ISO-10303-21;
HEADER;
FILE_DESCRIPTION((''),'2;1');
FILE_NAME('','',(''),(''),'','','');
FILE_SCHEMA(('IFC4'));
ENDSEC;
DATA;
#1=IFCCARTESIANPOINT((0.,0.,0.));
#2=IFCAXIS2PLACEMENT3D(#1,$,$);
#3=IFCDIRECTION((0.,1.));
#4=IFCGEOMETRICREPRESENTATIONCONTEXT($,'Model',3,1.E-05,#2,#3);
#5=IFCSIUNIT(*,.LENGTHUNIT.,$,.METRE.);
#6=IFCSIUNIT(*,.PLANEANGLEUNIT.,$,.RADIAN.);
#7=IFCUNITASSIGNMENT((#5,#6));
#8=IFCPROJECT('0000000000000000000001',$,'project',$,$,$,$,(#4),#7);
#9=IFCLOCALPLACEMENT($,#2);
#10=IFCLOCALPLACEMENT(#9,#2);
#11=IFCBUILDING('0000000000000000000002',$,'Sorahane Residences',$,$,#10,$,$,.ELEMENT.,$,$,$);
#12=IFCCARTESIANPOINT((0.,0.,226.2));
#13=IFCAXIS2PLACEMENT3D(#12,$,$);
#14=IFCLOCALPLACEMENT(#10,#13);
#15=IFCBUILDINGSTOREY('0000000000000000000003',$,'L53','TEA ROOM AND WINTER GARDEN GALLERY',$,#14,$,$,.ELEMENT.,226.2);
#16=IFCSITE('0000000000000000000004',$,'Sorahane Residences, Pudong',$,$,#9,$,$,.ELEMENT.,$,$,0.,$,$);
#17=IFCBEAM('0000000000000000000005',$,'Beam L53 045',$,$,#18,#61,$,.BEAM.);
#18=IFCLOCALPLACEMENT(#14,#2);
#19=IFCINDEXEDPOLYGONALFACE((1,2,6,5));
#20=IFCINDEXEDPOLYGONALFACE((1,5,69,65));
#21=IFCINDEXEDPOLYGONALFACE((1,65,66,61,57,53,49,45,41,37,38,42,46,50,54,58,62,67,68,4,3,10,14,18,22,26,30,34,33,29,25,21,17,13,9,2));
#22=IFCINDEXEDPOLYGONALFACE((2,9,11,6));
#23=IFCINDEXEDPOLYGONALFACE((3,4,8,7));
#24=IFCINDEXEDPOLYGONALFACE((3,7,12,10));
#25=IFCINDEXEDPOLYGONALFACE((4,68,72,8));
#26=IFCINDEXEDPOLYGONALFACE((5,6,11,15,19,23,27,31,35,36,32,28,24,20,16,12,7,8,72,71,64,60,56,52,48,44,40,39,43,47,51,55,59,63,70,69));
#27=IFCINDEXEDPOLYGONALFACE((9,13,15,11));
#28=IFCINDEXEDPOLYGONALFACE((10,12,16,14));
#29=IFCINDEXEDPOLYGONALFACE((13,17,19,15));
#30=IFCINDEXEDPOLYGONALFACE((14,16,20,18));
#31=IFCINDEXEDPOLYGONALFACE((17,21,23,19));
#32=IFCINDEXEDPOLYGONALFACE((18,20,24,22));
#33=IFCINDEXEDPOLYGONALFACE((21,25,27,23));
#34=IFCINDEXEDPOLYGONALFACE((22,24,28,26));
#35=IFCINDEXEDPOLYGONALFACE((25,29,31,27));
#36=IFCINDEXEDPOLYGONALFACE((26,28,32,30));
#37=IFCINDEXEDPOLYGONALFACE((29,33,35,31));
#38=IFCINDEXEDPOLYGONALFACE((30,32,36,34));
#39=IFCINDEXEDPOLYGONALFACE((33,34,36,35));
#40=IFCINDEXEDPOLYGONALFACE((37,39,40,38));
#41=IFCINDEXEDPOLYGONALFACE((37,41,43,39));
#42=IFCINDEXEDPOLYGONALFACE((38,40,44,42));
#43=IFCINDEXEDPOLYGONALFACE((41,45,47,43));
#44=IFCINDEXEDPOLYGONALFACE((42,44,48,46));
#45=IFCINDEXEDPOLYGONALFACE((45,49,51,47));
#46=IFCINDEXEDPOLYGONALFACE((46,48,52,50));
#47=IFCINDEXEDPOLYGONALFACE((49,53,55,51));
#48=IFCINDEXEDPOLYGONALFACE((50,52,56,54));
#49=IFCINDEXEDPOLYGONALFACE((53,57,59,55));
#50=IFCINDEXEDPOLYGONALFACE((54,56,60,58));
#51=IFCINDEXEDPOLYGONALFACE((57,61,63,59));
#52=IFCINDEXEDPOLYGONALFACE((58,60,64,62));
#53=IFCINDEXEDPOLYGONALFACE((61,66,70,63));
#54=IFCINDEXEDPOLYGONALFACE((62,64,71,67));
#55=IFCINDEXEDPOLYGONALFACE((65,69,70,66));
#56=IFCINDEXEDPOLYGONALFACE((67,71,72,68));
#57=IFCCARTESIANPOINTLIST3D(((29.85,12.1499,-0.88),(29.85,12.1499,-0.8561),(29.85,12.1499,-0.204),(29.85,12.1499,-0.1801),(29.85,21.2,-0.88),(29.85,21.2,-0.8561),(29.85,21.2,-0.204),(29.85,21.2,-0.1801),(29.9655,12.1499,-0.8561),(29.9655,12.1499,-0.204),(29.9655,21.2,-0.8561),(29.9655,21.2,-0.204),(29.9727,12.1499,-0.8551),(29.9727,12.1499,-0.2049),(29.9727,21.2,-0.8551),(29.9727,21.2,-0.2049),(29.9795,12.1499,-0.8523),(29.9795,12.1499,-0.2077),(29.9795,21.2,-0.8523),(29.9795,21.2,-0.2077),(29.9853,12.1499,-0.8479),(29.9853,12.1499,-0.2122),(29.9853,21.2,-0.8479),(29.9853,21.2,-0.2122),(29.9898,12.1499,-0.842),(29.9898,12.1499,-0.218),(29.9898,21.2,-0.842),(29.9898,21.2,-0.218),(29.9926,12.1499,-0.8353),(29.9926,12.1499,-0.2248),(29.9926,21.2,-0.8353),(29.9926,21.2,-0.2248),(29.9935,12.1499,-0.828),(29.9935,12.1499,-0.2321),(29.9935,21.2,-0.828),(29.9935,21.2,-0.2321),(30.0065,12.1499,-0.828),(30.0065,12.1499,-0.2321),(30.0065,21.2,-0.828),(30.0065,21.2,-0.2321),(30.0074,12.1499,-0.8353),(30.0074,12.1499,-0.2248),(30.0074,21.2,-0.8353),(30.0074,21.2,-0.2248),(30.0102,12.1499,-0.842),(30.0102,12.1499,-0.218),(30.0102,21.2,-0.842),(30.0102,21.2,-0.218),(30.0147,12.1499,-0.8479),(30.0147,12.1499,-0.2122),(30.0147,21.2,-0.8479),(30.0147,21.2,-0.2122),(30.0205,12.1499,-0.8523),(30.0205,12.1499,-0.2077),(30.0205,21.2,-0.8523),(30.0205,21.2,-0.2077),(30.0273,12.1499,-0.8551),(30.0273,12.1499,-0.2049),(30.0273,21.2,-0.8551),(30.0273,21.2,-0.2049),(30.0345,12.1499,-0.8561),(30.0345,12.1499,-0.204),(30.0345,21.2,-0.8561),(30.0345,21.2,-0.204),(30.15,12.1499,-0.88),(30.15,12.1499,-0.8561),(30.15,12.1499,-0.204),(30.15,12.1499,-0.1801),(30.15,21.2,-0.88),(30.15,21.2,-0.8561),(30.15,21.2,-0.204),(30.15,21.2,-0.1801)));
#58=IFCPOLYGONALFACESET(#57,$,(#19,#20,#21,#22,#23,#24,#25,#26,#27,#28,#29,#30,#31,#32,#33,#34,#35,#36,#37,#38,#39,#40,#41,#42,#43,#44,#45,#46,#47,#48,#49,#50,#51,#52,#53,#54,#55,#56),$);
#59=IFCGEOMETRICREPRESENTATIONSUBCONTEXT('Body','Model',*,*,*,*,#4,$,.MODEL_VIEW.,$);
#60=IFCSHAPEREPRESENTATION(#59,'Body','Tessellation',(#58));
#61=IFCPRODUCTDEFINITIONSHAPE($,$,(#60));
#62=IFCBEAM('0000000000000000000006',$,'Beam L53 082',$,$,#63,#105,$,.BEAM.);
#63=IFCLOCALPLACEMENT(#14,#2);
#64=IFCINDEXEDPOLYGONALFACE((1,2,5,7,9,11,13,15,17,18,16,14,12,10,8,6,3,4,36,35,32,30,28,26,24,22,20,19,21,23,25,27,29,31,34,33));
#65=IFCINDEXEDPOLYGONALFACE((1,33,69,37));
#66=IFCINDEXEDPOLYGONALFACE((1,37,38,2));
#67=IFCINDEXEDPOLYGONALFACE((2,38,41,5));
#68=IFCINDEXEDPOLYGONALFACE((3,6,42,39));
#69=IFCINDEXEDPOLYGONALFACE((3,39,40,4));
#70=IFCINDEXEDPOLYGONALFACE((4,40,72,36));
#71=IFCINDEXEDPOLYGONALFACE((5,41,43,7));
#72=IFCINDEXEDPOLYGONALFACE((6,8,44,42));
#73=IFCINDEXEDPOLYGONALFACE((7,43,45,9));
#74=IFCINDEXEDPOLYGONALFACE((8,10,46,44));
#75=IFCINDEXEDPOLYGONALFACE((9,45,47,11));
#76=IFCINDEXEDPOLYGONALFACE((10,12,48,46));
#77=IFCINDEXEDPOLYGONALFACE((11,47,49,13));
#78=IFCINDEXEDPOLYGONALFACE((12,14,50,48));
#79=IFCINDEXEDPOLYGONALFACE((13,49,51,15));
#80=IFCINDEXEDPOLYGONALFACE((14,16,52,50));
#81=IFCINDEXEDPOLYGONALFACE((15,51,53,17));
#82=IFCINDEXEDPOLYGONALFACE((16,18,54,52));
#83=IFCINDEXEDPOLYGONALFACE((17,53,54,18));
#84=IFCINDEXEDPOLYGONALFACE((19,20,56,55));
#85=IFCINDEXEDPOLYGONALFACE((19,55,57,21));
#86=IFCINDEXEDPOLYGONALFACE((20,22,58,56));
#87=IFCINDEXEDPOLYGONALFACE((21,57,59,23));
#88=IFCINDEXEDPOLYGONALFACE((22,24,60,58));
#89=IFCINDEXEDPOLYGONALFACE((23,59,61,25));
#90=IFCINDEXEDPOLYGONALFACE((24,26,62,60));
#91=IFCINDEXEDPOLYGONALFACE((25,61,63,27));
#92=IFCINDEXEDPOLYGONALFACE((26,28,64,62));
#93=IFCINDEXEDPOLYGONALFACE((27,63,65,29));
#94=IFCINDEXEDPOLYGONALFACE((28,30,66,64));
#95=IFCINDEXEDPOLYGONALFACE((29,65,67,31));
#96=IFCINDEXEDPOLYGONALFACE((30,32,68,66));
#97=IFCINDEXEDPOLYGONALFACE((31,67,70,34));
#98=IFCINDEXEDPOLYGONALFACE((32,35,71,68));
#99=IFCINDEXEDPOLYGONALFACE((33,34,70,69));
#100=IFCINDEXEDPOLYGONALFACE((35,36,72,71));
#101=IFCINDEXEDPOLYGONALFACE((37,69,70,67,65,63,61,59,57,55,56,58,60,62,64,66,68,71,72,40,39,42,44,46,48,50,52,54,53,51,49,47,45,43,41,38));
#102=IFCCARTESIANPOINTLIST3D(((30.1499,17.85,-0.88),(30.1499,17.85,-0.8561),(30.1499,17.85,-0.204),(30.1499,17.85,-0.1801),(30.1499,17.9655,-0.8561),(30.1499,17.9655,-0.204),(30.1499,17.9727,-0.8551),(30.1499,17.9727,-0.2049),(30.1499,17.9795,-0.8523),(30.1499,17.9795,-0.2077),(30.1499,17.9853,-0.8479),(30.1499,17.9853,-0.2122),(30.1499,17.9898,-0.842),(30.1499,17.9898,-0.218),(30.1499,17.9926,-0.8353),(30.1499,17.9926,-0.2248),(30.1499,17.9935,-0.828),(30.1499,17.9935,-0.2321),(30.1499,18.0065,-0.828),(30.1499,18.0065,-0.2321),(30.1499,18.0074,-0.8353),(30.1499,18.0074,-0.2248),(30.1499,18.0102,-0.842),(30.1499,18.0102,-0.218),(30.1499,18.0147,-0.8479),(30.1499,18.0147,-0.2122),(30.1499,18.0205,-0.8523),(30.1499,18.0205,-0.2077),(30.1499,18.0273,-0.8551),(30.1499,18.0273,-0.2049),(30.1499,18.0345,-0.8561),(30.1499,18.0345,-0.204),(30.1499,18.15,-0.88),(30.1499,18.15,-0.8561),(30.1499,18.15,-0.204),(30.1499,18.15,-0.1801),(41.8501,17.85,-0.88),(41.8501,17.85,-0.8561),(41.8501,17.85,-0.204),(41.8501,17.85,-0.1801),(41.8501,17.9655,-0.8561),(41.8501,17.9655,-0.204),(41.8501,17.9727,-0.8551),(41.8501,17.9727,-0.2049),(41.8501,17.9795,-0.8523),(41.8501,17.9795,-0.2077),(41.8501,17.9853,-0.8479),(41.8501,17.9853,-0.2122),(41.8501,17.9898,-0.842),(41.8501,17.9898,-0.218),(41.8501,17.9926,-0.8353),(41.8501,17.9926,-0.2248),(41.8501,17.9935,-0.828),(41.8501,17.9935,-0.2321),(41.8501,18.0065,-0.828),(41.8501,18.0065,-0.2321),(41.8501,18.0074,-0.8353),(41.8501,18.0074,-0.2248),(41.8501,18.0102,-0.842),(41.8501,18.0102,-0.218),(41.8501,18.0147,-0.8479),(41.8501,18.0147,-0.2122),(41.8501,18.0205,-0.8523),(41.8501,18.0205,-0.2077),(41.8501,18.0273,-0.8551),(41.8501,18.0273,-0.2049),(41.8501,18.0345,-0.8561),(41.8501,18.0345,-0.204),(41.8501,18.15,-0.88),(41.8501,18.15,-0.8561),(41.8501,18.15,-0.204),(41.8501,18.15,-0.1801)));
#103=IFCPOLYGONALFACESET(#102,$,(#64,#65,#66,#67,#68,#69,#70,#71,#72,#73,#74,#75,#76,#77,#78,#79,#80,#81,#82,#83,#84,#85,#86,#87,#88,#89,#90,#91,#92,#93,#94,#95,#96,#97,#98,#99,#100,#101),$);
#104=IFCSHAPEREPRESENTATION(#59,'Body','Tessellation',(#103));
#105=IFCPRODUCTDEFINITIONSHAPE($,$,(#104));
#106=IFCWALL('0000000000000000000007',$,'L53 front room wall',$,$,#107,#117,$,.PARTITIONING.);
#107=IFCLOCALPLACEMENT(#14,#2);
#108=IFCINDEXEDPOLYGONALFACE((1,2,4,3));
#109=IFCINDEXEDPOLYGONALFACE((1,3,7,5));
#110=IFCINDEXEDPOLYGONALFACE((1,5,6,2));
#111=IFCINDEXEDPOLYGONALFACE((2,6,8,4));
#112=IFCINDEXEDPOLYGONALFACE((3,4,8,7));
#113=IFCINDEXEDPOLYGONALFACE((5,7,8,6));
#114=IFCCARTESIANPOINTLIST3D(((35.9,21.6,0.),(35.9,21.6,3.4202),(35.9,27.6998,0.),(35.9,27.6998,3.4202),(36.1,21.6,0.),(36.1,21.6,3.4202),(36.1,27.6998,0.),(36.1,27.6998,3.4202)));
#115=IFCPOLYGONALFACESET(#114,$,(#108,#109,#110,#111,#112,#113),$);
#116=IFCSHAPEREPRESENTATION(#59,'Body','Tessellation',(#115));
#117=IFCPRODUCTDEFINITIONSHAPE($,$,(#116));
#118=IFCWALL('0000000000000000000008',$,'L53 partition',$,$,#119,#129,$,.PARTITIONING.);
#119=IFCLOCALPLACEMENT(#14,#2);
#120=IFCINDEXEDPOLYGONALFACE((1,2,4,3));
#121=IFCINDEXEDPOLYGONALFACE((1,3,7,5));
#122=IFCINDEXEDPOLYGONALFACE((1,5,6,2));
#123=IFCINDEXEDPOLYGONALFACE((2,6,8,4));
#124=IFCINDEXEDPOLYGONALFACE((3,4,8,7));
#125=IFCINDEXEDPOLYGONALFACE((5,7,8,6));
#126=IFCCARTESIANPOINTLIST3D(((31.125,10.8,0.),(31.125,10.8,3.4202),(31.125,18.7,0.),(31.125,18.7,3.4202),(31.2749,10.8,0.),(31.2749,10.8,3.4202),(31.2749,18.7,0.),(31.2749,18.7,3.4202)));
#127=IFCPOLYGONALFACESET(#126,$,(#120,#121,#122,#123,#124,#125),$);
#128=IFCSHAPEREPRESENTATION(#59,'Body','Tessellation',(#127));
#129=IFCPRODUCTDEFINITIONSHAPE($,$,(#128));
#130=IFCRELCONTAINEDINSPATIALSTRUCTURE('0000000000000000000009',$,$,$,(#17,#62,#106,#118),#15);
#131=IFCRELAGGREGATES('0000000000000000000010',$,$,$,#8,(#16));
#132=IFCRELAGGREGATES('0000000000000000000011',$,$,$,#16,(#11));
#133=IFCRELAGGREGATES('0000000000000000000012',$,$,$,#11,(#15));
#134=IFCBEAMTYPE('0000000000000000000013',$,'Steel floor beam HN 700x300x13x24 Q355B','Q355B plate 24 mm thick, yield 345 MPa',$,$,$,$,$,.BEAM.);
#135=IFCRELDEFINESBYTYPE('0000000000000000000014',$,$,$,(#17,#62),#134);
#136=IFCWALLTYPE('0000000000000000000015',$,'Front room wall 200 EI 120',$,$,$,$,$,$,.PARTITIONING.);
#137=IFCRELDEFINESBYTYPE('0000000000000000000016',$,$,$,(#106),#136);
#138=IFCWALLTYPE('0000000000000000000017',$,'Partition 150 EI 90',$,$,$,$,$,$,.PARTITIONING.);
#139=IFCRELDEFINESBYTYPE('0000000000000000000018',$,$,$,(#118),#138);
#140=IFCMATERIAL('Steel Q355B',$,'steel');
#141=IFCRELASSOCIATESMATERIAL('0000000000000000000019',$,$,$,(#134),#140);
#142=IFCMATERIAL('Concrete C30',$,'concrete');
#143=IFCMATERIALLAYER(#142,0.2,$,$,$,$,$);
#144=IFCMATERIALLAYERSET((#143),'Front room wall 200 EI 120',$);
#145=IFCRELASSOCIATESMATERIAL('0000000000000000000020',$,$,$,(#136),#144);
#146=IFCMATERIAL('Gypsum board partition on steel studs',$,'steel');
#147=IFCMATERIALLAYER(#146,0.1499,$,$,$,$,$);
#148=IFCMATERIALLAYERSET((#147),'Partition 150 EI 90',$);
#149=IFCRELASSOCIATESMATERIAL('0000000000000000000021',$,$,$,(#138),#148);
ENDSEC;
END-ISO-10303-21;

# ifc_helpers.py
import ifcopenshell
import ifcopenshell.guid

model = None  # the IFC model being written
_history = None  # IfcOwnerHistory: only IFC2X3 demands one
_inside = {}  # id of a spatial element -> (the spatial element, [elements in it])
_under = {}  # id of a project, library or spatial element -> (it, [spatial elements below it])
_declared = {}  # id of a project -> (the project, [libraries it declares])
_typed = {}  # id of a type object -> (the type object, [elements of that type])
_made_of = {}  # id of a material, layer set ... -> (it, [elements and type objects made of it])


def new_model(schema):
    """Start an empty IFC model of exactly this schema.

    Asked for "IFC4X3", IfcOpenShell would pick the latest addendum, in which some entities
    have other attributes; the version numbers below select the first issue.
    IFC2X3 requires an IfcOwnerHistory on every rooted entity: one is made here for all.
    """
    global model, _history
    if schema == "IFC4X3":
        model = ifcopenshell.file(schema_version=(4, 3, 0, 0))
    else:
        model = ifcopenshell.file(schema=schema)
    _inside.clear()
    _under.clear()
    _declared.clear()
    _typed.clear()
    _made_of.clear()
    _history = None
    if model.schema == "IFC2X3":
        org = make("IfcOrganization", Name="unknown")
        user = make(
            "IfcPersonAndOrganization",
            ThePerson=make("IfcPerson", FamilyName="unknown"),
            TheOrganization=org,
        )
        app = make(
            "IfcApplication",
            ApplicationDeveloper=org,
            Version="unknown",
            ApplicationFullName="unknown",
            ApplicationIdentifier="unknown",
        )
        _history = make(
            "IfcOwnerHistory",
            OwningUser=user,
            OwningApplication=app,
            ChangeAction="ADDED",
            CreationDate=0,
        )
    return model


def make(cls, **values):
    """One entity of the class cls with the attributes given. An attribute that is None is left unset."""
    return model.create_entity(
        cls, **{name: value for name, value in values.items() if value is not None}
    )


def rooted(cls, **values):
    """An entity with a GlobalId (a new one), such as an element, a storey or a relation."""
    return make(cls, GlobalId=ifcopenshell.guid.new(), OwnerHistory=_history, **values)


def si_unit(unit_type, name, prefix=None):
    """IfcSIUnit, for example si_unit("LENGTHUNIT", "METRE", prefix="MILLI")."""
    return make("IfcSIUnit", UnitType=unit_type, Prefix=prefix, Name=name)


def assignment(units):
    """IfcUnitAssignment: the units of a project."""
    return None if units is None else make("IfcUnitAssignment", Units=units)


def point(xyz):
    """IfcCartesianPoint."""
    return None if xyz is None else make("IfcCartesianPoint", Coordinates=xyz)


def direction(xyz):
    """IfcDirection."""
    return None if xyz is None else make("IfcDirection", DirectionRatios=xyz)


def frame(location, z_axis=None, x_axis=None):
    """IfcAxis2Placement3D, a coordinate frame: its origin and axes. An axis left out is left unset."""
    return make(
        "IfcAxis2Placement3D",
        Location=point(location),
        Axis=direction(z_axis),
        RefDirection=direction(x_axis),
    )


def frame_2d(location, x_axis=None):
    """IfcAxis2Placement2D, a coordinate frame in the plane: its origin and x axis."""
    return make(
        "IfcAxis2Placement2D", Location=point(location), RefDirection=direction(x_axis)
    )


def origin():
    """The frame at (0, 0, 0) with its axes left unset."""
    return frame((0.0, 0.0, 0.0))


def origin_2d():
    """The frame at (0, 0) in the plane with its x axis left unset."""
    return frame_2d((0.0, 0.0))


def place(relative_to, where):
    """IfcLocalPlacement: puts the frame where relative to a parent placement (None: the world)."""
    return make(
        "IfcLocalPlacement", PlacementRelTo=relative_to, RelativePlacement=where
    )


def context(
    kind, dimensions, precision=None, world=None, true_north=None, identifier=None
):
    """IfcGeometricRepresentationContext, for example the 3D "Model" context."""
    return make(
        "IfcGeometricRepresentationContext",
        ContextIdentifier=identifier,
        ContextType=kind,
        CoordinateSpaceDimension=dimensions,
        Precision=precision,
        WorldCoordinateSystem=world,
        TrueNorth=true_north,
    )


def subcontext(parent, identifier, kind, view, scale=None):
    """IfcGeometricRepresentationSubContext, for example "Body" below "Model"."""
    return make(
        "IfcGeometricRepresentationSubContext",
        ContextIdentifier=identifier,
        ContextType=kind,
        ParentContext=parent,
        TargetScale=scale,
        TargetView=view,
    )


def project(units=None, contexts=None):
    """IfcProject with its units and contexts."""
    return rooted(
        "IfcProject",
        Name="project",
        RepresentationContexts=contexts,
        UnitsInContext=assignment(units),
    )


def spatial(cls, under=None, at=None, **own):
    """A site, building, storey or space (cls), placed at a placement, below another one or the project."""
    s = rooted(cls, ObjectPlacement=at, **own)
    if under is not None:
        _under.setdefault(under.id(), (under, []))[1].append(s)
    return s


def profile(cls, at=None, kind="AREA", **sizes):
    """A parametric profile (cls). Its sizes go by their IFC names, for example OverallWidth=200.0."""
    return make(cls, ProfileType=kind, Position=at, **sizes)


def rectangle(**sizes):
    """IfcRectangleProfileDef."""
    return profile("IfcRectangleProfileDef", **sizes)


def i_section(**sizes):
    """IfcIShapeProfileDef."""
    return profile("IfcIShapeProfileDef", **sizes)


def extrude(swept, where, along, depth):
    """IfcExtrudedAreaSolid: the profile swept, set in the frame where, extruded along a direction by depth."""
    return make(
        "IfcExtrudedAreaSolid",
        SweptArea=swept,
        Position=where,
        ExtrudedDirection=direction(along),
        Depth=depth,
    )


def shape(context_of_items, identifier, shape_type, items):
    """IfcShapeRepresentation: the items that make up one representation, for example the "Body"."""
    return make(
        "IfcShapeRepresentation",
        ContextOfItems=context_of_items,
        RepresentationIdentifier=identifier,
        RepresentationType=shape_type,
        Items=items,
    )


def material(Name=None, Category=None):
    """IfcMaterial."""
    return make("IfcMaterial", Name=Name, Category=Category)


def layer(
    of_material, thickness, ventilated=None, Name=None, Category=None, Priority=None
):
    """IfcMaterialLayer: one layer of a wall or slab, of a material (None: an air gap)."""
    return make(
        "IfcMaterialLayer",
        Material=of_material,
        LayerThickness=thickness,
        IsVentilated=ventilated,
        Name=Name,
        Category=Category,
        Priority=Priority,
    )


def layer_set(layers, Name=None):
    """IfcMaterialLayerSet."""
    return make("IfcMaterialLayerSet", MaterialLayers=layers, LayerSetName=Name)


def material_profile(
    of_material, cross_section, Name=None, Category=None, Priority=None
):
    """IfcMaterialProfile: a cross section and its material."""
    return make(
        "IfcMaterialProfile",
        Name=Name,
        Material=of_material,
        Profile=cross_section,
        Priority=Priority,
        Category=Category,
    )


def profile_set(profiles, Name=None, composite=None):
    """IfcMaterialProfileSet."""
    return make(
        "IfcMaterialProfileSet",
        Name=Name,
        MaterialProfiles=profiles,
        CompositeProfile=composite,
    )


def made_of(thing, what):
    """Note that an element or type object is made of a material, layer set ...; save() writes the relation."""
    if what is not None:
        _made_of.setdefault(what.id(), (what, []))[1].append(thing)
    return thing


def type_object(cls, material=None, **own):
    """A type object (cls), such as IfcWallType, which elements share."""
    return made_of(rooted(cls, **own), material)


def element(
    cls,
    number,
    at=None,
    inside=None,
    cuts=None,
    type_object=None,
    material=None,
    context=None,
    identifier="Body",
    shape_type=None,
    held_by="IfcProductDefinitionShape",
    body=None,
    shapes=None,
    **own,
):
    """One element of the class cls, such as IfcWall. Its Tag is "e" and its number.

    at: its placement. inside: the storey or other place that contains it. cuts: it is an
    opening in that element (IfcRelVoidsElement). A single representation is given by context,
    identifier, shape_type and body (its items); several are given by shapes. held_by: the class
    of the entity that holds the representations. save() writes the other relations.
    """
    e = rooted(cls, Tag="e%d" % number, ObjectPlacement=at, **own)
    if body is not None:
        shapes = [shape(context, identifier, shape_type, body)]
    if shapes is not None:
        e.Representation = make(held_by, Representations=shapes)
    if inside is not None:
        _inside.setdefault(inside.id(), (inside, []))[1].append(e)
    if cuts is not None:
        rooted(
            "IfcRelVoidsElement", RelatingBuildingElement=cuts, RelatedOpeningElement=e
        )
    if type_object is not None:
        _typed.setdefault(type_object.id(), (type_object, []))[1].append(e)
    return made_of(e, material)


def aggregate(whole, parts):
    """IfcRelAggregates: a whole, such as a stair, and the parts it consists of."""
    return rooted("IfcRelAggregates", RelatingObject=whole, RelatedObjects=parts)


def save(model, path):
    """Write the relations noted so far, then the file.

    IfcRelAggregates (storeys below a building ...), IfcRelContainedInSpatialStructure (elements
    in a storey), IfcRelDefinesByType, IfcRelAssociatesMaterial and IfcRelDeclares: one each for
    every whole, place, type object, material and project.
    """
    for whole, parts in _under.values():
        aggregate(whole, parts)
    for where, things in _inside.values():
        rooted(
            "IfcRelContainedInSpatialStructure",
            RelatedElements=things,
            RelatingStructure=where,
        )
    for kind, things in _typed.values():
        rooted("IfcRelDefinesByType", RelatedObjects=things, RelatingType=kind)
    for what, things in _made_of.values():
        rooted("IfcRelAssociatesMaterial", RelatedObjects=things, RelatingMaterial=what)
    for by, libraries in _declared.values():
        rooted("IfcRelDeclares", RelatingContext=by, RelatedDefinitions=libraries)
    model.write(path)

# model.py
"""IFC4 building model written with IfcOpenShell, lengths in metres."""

from ifc_helpers import new_model, si_unit, direction, frame, frame_2d, origin, origin_2d, place, context, subcontext, project, spatial, rectangle, i_section, extrude, material, layer, layer_set, material_profile, profile_set, type_object, element, save


model = new_model("IFC4")

# Units and contexts
model_context = context("Model", 3, precision=1e-05, world=origin(), true_north=direction((0.0, 1.0)))
body_context = subcontext(model_context, "Body", "Model", "MODEL_VIEW")
ifc_project = project(units=[si_unit("LENGTHUNIT", "METRE"), si_unit("PLANEANGLEUNIT", "RADIAN")], contexts=[model_context])

# Site, building, storey
site_placement = place(None, origin())
site = spatial("IfcSite", under=ifc_project, at=site_placement, Name="Sorahane Residences, Pudong", CompositionType="ELEMENT", RefElevation=0.0)
building_placement = place(site_placement, origin())
building = spatial("IfcBuilding", under=site, at=building_placement, Name="Sorahane Residences", CompositionType="ELEMENT")
storey_placement = place(building_placement, frame((0.0, 0.0, 226.2)))
storey = spatial("IfcBuildingStorey", under=building, at=storey_placement, Name="L53", Description="TEA ROOM AND WINTER GARDEN GALLERY", CompositionType="ELEMENT", Elevation=226.2)

# Beams
ifc_material_1 = material(Name="Steel Q355B", Category="steel")
ifc_material_profile_1 = material_profile(ifc_material_1, i_section(OverallWidth=0.3, OverallDepth=0.7, WebThickness=0.0129, FlangeThickness=0.0239, FilletRadius=0.0281, at=origin_2d()), Name="HN 700x300x13x24")
ifc_profile_set_1 = profile_set([ifc_material_profile_1], Name="Steel Q355B")
beam_type_1 = type_object("IfcBeamType", Name="Steel floor beam HN 700x300x13x24 Q355B", Description="Q355B plate 24 mm thick, yield 345 MPa", PredefinedType="BEAM", material=ifc_profile_set_1)
beam_1_placement = place(storey_placement, frame((30.0, 12.1499, -0.53), z_axis=(0.0, 1.0, 0.0), x_axis=(-1.0, 0.0, 0.0)))
element("IfcBeam", 1, at=beam_1_placement, inside=storey, type_object=beam_type_1, Name="Beam L53 045", PredefinedType="BEAM", context=body_context, shape_type="SweptSolid", body=[
    extrude(i_section(OverallWidth=0.3, OverallDepth=0.7, WebThickness=0.0129, FlangeThickness=0.0239, FilletRadius=0.0281, at=origin_2d()), origin(), (0.0, 0.0, 1.0), 9.05),
])
beam_2_placement = place(storey_placement, frame((30.1499, 18.0, -0.53), z_axis=(1.0, 0.0, 0.0), x_axis=(0.0, 1.0, 0.0)))
element("IfcBeam", 2, at=beam_2_placement, inside=storey, type_object=beam_type_1, Name="Beam L53 082", PredefinedType="BEAM", context=body_context, shape_type="SweptSolid", body=[
    extrude(i_section(OverallWidth=0.3, OverallDepth=0.7, WebThickness=0.0129, FlangeThickness=0.0239, FilletRadius=0.0281, at=origin_2d()), origin(), (0.0, 0.0, 1.0), 11.7002),
])

# Walls
ifc_material_2 = material(Name="Concrete C30", Category="concrete")
ifc_layer_1 = layer(ifc_material_2, 0.2)
ifc_layer_set_1 = layer_set([ifc_layer_1], Name="Front room wall 200 EI 120")
wall_type_1 = type_object("IfcWallType", Name="Front room wall 200 EI 120", PredefinedType="PARTITIONING", material=ifc_layer_set_1)
wall_1_placement = place(storey_placement, frame((36.0, 21.6001, 0.0), z_axis=(0.0, 0.0, 1.0), x_axis=(0.0, 1.0, 0.0)))
element("IfcWall", 3, at=wall_1_placement, inside=storey, type_object=wall_type_1, Name="L53 front room wall", PredefinedType="PARTITIONING", context=body_context, shape_type="SweptSolid", body=[
    extrude(rectangle(XDim=6.0999, YDim=0.2, at=frame_2d((3.0498, 0.0))), origin(), (0.0, 0.0, 1.0), 3.4202),
])
ifc_material_3 = material(Name="Gypsum board partition on steel studs", Category="steel")
ifc_layer_2 = layer(ifc_material_3, 0.1499)
ifc_layer_set_2 = layer_set([ifc_layer_2], Name="Partition 150 EI 90")
wall_type_2 = type_object("IfcWallType", Name="Partition 150 EI 90", PredefinedType="PARTITIONING", material=ifc_layer_set_2)
wall_2_placement = place(storey_placement, frame((31.2, 10.8, 0.0), z_axis=(0.0, 0.0, 1.0), x_axis=(0.0, 1.0, 0.0)))
element("IfcWall", 4, at=wall_2_placement, inside=storey, type_object=wall_type_2, Name="L53 partition", PredefinedType="PARTITIONING", context=body_context, shape_type="SweptSolid", body=[
    extrude(rectangle(XDim=7.8999, YDim=0.1499, at=frame_2d((3.95, 0.0))), origin(), (0.0, 0.0, 1.0), 3.4202),
])

save(model, "model.ifc")
